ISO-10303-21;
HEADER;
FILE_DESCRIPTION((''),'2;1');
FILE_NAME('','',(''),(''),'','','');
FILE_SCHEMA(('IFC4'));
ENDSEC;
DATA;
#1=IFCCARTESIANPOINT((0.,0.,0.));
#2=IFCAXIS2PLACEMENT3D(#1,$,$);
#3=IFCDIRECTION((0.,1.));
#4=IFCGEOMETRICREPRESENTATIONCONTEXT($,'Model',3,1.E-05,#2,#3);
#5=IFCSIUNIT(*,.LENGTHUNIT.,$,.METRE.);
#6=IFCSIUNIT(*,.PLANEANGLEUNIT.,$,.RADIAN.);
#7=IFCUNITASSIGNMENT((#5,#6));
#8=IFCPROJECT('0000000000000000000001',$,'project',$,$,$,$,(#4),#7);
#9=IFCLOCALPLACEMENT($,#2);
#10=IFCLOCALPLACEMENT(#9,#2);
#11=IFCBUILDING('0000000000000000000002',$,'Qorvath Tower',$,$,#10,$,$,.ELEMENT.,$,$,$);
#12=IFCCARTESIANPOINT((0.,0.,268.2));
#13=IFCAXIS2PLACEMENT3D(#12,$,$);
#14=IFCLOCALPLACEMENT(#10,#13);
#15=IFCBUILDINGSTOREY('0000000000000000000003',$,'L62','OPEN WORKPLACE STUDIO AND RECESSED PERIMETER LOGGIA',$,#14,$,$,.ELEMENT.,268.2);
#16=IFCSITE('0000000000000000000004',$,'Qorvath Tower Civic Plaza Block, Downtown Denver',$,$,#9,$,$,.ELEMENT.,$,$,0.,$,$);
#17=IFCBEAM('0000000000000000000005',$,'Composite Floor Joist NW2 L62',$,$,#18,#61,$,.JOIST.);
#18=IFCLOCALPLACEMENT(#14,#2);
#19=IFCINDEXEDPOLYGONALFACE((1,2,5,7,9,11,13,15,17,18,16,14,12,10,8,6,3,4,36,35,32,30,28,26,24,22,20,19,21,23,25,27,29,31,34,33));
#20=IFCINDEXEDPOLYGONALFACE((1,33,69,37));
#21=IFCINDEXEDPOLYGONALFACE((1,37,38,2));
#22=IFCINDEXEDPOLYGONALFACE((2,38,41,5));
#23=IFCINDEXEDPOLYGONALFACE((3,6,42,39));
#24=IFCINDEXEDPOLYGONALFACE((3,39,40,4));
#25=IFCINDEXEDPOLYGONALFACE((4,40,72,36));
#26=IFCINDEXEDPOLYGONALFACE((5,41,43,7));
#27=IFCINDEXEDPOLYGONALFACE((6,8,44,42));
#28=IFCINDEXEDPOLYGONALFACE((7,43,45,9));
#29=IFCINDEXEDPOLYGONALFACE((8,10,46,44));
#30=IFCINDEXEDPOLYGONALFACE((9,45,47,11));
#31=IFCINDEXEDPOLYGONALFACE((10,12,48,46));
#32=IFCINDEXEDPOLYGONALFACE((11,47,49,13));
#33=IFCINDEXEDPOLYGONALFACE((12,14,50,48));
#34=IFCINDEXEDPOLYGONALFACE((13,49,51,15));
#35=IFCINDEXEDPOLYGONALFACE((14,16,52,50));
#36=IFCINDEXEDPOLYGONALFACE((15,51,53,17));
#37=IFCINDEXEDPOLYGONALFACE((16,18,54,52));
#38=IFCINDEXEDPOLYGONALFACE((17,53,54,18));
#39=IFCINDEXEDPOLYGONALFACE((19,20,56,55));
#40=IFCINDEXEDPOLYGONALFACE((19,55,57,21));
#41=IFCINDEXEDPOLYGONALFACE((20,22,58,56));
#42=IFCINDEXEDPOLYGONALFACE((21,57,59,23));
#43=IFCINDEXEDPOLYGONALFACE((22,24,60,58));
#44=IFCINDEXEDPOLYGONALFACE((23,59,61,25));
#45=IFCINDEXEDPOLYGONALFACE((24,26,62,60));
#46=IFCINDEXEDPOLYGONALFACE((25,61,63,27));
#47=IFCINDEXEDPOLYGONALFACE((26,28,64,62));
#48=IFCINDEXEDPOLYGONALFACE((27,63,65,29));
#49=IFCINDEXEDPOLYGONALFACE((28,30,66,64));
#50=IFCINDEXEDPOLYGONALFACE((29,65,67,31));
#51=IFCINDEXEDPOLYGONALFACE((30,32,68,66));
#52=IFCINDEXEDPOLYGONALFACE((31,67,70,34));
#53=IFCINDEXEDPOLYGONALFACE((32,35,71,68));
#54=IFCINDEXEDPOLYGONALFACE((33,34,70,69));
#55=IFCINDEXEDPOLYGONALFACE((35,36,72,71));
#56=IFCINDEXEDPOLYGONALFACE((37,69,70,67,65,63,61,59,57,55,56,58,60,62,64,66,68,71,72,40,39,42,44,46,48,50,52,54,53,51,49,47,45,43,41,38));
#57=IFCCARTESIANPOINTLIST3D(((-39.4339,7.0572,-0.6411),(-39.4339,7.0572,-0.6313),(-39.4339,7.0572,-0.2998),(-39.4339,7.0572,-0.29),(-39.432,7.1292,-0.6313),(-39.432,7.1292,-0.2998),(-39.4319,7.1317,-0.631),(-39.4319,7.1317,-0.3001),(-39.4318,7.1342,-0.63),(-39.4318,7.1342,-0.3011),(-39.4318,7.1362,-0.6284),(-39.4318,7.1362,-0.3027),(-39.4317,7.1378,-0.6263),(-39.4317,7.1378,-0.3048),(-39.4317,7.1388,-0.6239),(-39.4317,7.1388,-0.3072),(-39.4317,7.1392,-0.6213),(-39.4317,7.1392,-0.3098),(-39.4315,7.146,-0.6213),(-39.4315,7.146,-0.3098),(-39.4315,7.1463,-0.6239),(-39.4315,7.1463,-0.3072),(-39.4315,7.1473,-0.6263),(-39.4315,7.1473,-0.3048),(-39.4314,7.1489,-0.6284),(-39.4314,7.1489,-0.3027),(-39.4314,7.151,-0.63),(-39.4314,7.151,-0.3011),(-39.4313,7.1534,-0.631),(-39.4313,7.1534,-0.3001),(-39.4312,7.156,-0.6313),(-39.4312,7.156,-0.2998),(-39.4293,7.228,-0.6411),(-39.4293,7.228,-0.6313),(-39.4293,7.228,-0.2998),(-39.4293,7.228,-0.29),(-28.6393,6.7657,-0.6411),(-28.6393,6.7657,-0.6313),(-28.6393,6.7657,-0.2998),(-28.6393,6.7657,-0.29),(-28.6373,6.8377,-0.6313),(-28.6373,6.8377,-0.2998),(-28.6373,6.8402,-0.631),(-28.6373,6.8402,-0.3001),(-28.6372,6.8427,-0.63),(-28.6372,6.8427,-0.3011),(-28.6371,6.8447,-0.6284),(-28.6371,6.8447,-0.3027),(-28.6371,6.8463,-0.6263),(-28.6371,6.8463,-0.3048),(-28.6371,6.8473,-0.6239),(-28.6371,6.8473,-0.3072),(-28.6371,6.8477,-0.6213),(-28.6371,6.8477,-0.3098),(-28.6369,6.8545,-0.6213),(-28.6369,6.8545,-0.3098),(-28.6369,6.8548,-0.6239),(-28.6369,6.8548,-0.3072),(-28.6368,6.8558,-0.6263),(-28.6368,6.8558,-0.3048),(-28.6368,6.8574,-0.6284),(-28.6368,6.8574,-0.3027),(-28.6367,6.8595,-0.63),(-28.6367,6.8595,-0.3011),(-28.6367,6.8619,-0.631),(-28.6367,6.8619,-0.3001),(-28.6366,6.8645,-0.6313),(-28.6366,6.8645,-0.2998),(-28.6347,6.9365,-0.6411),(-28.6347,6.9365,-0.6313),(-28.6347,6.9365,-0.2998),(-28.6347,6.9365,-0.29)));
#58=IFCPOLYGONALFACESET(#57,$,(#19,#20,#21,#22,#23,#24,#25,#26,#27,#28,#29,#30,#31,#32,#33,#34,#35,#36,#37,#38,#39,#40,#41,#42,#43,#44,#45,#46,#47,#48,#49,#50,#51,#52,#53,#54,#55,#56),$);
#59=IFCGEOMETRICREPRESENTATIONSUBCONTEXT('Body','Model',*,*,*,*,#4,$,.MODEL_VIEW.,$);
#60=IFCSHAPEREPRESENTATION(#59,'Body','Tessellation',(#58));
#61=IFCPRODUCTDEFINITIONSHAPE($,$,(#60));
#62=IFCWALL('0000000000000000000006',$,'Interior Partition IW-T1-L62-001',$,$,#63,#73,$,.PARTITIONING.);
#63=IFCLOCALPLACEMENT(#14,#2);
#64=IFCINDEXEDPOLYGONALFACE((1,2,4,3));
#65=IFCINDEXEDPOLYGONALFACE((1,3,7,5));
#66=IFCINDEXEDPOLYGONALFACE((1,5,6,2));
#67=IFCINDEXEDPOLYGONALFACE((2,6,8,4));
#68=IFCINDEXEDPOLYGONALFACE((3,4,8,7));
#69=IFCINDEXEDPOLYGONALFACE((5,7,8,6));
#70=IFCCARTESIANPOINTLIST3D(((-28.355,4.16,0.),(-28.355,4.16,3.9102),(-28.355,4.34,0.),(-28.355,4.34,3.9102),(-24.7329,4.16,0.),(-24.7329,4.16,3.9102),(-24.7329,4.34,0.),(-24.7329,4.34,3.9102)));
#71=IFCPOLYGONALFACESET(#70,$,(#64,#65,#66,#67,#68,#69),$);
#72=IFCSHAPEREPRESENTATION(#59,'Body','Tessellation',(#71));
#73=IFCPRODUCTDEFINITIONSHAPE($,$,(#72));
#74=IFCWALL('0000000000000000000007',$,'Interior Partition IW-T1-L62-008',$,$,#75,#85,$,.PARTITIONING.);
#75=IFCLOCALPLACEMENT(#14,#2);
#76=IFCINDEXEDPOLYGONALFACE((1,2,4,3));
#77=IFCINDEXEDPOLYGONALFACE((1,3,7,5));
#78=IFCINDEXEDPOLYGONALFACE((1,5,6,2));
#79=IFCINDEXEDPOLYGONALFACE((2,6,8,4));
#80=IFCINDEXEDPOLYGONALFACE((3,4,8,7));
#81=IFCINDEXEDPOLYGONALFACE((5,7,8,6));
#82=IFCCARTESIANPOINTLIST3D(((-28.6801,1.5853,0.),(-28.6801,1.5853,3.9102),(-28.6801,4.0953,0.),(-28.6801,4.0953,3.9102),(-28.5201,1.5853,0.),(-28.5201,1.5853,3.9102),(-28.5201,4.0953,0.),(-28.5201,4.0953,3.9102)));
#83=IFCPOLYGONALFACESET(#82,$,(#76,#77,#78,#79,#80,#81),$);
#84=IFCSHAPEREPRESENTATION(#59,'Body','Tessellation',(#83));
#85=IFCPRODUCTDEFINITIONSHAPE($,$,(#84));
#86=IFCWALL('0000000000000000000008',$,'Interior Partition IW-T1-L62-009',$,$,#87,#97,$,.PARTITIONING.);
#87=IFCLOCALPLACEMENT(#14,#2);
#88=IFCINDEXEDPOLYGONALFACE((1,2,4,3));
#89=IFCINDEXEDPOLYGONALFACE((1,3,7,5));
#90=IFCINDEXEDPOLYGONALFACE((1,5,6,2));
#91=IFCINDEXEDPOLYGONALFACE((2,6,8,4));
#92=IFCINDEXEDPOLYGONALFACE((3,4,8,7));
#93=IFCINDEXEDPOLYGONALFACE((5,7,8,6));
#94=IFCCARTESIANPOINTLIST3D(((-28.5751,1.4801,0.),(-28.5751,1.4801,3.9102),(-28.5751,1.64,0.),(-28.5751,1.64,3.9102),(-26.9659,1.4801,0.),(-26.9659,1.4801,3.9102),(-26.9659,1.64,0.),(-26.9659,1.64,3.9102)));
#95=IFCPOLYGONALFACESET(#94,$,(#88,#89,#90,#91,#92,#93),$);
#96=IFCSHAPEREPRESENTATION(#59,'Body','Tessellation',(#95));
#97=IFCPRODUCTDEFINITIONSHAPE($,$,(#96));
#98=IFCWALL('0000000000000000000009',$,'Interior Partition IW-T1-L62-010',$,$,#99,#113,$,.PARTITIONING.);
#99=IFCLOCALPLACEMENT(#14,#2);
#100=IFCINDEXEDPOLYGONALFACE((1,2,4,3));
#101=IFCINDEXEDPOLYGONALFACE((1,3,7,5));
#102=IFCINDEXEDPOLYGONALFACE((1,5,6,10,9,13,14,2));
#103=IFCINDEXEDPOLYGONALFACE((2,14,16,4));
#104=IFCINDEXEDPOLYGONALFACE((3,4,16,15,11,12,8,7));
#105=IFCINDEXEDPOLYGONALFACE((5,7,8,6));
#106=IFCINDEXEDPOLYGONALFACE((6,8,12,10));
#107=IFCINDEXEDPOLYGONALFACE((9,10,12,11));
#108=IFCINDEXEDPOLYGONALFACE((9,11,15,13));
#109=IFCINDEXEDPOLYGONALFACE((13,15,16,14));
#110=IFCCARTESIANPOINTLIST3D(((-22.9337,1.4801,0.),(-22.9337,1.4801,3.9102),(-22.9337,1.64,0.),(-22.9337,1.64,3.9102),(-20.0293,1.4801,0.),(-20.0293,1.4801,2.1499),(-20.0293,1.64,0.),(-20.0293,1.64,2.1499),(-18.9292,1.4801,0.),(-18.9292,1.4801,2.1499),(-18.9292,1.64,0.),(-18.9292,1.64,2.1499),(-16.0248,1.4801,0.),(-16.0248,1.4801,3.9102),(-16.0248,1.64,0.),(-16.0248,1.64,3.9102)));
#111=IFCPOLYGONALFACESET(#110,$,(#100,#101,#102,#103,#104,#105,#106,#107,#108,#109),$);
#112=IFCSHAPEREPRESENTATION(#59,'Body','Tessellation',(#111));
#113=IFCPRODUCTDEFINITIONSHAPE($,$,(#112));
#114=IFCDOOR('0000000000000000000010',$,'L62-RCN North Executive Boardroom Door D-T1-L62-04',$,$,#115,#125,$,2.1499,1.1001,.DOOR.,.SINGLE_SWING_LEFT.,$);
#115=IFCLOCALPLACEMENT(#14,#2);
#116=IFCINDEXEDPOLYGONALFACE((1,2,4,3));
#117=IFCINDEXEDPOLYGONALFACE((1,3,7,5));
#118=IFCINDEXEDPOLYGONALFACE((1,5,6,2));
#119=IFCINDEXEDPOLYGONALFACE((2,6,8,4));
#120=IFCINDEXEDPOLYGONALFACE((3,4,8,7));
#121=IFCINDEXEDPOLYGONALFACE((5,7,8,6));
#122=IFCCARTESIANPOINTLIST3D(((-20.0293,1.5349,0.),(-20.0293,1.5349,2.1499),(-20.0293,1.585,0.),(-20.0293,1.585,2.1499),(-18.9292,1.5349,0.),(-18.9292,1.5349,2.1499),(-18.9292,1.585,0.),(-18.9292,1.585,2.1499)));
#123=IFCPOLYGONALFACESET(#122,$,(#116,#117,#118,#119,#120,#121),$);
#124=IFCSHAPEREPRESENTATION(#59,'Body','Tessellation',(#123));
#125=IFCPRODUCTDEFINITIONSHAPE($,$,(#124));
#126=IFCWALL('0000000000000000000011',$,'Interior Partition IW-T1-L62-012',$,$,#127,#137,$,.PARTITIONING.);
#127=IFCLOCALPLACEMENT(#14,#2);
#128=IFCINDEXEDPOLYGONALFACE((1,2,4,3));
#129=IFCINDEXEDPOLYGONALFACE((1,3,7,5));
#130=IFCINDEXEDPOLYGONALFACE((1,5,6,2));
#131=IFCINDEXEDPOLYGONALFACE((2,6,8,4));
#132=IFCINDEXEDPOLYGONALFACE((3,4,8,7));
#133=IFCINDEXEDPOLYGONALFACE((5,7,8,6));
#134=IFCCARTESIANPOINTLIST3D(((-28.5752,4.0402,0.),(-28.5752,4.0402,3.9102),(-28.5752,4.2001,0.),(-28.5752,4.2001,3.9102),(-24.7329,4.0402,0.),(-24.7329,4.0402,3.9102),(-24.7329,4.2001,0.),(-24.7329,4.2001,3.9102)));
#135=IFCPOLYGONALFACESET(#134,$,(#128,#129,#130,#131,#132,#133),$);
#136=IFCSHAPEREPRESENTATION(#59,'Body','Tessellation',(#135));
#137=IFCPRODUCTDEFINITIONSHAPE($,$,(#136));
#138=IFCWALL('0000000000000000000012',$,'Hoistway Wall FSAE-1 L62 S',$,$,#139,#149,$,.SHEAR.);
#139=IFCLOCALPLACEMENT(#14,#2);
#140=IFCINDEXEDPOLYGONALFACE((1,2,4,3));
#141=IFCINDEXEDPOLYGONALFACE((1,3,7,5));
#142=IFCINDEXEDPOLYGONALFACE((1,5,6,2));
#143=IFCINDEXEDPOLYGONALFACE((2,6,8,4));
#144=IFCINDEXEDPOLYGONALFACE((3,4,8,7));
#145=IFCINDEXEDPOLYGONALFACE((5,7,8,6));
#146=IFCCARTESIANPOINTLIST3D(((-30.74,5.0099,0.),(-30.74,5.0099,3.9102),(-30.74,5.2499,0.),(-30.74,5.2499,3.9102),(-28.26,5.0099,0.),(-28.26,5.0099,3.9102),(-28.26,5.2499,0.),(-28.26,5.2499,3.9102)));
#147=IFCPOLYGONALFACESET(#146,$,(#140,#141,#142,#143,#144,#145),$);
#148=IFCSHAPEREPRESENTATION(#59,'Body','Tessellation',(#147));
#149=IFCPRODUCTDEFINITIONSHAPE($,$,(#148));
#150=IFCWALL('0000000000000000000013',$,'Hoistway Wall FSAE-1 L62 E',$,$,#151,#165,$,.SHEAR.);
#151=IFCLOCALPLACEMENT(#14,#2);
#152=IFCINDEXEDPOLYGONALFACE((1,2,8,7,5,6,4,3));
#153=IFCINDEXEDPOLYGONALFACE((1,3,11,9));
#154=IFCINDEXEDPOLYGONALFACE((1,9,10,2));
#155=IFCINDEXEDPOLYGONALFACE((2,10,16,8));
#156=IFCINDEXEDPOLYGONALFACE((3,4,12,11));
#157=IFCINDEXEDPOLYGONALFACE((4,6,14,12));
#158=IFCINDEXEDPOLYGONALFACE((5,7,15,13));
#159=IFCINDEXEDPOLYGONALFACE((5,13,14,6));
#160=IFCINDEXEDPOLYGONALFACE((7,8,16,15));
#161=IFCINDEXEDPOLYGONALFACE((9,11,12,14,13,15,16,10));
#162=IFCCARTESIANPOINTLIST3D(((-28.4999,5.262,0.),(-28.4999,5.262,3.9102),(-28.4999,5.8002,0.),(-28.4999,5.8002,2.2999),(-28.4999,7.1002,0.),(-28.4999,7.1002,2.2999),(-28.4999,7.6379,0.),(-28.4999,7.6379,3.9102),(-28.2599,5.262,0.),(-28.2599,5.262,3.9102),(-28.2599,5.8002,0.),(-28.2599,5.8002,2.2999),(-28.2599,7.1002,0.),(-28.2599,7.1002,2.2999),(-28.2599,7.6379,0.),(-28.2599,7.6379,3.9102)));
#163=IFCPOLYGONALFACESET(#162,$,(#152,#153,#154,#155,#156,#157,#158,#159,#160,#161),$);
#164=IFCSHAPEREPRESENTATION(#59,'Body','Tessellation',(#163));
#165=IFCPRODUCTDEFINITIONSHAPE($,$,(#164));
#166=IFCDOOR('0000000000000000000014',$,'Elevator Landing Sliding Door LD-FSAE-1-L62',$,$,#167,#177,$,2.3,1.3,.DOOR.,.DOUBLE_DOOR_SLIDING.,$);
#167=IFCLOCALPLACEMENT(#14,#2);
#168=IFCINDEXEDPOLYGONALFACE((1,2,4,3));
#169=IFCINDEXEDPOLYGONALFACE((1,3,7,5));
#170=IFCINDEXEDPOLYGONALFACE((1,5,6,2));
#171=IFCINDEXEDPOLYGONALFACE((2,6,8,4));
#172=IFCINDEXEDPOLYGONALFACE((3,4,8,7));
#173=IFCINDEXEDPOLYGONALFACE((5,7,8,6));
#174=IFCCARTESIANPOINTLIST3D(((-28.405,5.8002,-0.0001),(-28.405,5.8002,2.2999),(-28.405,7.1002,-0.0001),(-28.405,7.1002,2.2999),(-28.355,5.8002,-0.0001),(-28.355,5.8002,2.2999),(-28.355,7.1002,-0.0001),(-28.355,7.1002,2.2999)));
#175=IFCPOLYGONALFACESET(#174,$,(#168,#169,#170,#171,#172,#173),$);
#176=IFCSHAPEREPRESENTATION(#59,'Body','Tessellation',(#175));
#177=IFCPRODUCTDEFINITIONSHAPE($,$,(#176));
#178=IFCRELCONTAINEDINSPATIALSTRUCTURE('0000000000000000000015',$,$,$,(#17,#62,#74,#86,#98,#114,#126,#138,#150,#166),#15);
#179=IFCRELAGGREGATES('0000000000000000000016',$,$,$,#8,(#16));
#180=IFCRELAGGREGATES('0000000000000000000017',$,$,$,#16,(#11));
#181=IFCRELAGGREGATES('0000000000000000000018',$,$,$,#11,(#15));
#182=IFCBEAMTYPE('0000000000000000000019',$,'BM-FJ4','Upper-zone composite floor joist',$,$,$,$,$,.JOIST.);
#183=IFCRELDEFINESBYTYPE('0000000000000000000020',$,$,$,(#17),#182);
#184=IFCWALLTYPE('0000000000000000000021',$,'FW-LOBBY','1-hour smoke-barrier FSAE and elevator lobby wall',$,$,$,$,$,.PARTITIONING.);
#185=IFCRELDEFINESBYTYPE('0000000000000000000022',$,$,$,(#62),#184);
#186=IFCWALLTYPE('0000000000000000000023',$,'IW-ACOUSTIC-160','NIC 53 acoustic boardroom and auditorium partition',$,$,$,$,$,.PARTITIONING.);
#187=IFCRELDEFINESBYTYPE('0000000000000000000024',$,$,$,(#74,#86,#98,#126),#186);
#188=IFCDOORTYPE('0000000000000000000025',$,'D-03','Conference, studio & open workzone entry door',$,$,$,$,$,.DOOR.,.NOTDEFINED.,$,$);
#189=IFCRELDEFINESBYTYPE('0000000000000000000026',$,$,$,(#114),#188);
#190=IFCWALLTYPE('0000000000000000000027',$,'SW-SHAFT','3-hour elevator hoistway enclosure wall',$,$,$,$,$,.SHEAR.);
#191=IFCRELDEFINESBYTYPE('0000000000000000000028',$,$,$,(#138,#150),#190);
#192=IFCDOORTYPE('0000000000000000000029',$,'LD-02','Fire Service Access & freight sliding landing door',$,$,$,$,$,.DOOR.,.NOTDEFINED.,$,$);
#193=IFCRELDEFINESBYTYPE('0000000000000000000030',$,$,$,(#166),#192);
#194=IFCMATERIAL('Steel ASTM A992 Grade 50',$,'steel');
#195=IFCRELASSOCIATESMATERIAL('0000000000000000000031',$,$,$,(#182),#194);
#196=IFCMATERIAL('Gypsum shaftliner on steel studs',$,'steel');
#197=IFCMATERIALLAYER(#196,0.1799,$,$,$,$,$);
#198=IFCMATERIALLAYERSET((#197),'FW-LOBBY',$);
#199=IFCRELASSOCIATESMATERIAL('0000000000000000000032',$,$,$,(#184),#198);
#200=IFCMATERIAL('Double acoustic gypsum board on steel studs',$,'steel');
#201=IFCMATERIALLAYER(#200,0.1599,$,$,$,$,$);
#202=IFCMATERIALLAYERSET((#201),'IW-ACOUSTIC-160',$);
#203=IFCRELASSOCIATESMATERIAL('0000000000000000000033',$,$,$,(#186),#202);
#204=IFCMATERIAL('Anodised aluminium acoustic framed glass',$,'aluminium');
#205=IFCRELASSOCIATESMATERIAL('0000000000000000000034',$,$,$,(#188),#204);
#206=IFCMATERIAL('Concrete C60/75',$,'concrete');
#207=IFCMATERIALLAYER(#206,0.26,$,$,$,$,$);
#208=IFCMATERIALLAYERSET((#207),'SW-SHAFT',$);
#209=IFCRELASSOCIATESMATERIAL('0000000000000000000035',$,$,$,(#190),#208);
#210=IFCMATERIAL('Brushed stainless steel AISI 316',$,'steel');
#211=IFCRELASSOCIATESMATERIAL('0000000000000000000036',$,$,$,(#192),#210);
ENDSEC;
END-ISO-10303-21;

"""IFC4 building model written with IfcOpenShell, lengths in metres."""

from ifc_helpers import new_model, si_unit, direction, frame, frame_2d, origin, origin_2d, place, context, subcontext, project, spatial, rectangle, i_section, extrude, material, layer, layer_set, material_profile, profile_set, type_object, element, fill, save


model = new_model("IFC4")

# Units and contexts
model_context = context("Model", 3, precision=1e-05, world=origin(), true_north=direction((0.0, 1.0)))
body_context = subcontext(model_context, "Body", "Model", "MODEL_VIEW")
ifc_project = project(units=[si_unit("LENGTHUNIT", "METRE"), si_unit("PLANEANGLEUNIT", "RADIAN")], contexts=[model_context])

# Site, building, storey
site_placement = place(None, origin())
site = spatial("IfcSite", under=ifc_project, at=site_placement, Name="Qorvath Tower Civic Plaza Block, Downtown Denver", CompositionType="ELEMENT", RefElevation=0.0)
building_placement = place(site_placement, origin())
building = spatial("IfcBuilding", under=site, at=building_placement, Name="Qorvath Tower", CompositionType="ELEMENT")
storey_placement = place(building_placement, frame((0.0, 0.0, 268.2)))
storey = spatial("IfcBuildingStorey", under=building, at=storey_placement, Name="L62", Description="OPEN WORKPLACE STUDIO AND RECESSED PERIMETER LOGGIA", CompositionType="ELEMENT", Elevation=268.2)

# Beam
ifc_material_1 = material(Name="Steel ASTM A992 Grade 50", Category="steel")
ifc_material_profile = material_profile(ifc_material_1, i_section(OverallWidth=0.1709, OverallDepth=0.3511, WebThickness=0.0068, FlangeThickness=0.0098, FilletRadius=0.01, at=origin_2d()), Name="W14x30")
ifc_profile_set = profile_set([ifc_material_profile], Name="Steel ASTM A992 Grade 50")
beam_type = type_object("IfcBeamType", Name="BM-FJ4", Description="Upper-zone composite floor joist", PredefinedType="JOIST", material=ifc_profile_set)
beam_placement = place(storey_placement, frame((-28.637, 6.8511, -0.4656), z_axis=(-0.999636, 0.026995, 0.0), x_axis=(-0.026995, -0.999636, 0.0)))
element("IfcBeam", 1, at=beam_placement, inside=storey, type_object=beam_type, Name="Composite Floor Joist NW2 L62", PredefinedType="JOIST", context=body_context, shape_type="SweptSolid", body=[
    extrude(i_section(OverallWidth=0.1709, OverallDepth=0.3511, WebThickness=0.0068, FlangeThickness=0.0098, FilletRadius=0.01, at=origin_2d()), origin(), (0.0, 0.0, 1.0), 10.7986),
])

# Walls
ifc_material_2 = material(Name="Gypsum shaftliner on steel studs", Category="steel")
ifc_layer_1 = layer(ifc_material_2, 0.1799)
ifc_layer_set_1 = layer_set([ifc_layer_1], Name="FW-LOBBY")
wall_type_1 = type_object("IfcWallType", Name="FW-LOBBY", Description="1-hour smoke-barrier FSAE and elevator lobby wall", PredefinedType="PARTITIONING", material=ifc_layer_set_1)
wall_1_placement = place(storey_placement, frame((-28.355, 4.25, 0.0), z_axis=(0.0, 0.0, 1.0), x_axis=(1.0, 0.0, 0.0)))
element("IfcWall", 2, at=wall_1_placement, inside=storey, type_object=wall_type_1, Name="Interior Partition IW-T1-L62-001", PredefinedType="PARTITIONING", context=body_context, shape_type="SweptSolid", body=[
    extrude(rectangle(XDim=3.6221, YDim=0.1799, at=frame_2d((1.811, 0.0))), origin(), (0.0, 0.0, 1.0), 3.9102),
])
ifc_material_3 = material(Name="Double acoustic gypsum board on steel studs", Category="steel")
ifc_layer_2 = layer(ifc_material_3, 0.1599)
ifc_layer_set_2 = layer_set([ifc_layer_2], Name="IW-ACOUSTIC-160")
wall_type_2 = type_object("IfcWallType", Name="IW-ACOUSTIC-160", Description="NIC 53 acoustic boardroom and auditorium partition", PredefinedType="PARTITIONING", material=ifc_layer_set_2)
wall_2_placement = place(storey_placement, frame((-28.6001, 4.0952, 0.0), z_axis=(0.0, 0.0, 1.0), x_axis=(0.0, -1.0, 0.0)))
element("IfcWall", 3, at=wall_2_placement, inside=storey, type_object=wall_type_2, Name="Interior Partition IW-T1-L62-008", PredefinedType="PARTITIONING", context=body_context, shape_type="SweptSolid", body=[
    extrude(rectangle(XDim=2.51, YDim=0.1599, at=frame_2d((1.2549, 0.0))), origin(), (0.0, 0.0, 1.0), 3.9102),
])
wall_3_placement = place(storey_placement, frame((-28.5752, 1.5601, 0.0), z_axis=(0.0, 0.0, 1.0), x_axis=(1.0, 0.0, 0.0)))
element("IfcWall", 4, at=wall_3_placement, inside=storey, type_object=wall_type_2, Name="Interior Partition IW-T1-L62-009", PredefinedType="PARTITIONING", context=body_context, shape_type="SweptSolid", body=[
    extrude(rectangle(XDim=1.6091, YDim=0.1599, at=frame_2d((0.8047, 0.0))), origin(), (0.0, 0.0, 1.0), 3.9102),
])

# Wall, opening, door
wall_4_placement = place(storey_placement, frame((-22.9338, 1.5601, 0.0), z_axis=(0.0, 0.0, 1.0), x_axis=(1.0, 0.0, 0.0)))
wall_4 = element("IfcWall", 5, at=wall_4_placement, inside=storey, type_object=wall_type_2, Name="Interior Partition IW-T1-L62-010", PredefinedType="PARTITIONING", context=body_context, shape_type="SweptSolid", body=[
    extrude(rectangle(XDim=6.9089, YDim=0.1599, at=frame_2d((3.4546, 0.0))), origin(), (0.0, 0.0, 1.0), 3.9102),
])
opening_1_placement = place(wall_4_placement, frame((2.9045, 0.0, 0.0)))
opening_1 = element("IfcOpeningElement", 6, at=opening_1_placement, cuts=wall_4, PredefinedType="OPENING", context=body_context, shape_type="SweptSolid", body=[
    extrude(rectangle(XDim=1.1001, YDim=2.1499, at=frame_2d((0.55, 1.075))), frame((0.0, 0.0898, 0.0), z_axis=(0.0, -1.0, 0.0), x_axis=(1.0, 0.0, 0.0)), (0.0, 0.0, 1.0), 0.1799),
])
ifc_material_4 = material(Name="Anodised aluminium acoustic framed glass", Category="aluminium")
door_type_1 = type_object("IfcDoorType", Name="D-03", Description="Conference, studio & open workzone entry door", OperationType="NOTDEFINED", PredefinedType="DOOR", material=ifc_material_4)
door_1_placement = place(opening_1_placement, origin())
door_1 = element("IfcDoor", 7, at=door_1_placement, inside=storey, type_object=door_type_1, Name="L62-RCN North Executive Boardroom Door D-T1-L62-04", OperationType="SINGLE_SWING_LEFT", OverallHeight=2.1499, OverallWidth=1.1001, PredefinedType="DOOR", context=body_context, shape_type="SweptSolid", body=[
    extrude(rectangle(XDim=1.1001, YDim=2.1499, at=frame_2d((0.55, 1.075))), frame((0.0, 0.0249, 0.0), z_axis=(0.0, -1.0, 0.0), x_axis=(1.0, 0.0, 0.0)), (0.0, 0.0, 1.0), 0.05),
])
fill(opening_1, door_1)

# Walls
wall_5_placement = place(storey_placement, frame((-24.7329, 4.1201, 0.0), z_axis=(0.0, 0.0, 1.0), x_axis=(-1.0, 0.0, 0.0)))
element("IfcWall", 8, at=wall_5_placement, inside=storey, type_object=wall_type_2, Name="Interior Partition IW-T1-L62-012", PredefinedType="PARTITIONING", context=body_context, shape_type="SweptSolid", body=[
    extrude(rectangle(XDim=3.8423, YDim=0.1599, at=frame_2d((1.9211, 0.0))), origin(), (0.0, 0.0, 1.0), 3.9102),
])
ifc_material_5 = material(Name="Concrete C60/75", Category="concrete")
ifc_layer_3 = layer(ifc_material_5, 0.26)
ifc_layer_set_3 = layer_set([ifc_layer_3], Name="SW-SHAFT")
wall_type_3 = type_object("IfcWallType", Name="SW-SHAFT", Description="3-hour elevator hoistway enclosure wall", PredefinedType="SHEAR", material=ifc_layer_set_3)
wall_6_placement = place(storey_placement, frame((-28.26, 5.1299, 0.0), z_axis=(0.0, 0.0, 1.0), x_axis=(-1.0, 0.0, 0.0)))
element("IfcWall", 9, at=wall_6_placement, inside=storey, type_object=wall_type_3, Name="Hoistway Wall FSAE-1 L62 S", PredefinedType="SHEAR", context=body_context, shape_type="SweptSolid", body=[
    extrude(rectangle(XDim=2.48, YDim=0.24, at=frame_2d((1.24, 0.0))), origin(), (0.0, 0.0, 1.0), 3.9102),
])

# Wall, opening, door
wall_7_placement = place(storey_placement, frame((-28.3799, 7.6379, 0.0), z_axis=(0.0, 0.0, 1.0), x_axis=(0.0, -1.0, 0.0)))
wall_7 = element("IfcWall", 10, at=wall_7_placement, inside=storey, type_object=wall_type_3, Name="Hoistway Wall FSAE-1 L62 E", PredefinedType="SHEAR", context=body_context, shape_type="SweptSolid", body=[
    extrude(rectangle(XDim=2.376, YDim=0.24, at=frame_2d((1.188, 0.0))), origin(), (0.0, 0.0, 1.0), 3.9102),
])
opening_2_placement = place(wall_7_placement, frame((0.5378, 0.0, 0.0)))
opening_2 = element("IfcOpeningElement", 11, at=opening_2_placement, cuts=wall_7, PredefinedType="OPENING", context=body_context, shape_type="SweptSolid", body=[
    extrude(rectangle(XDim=1.3, YDim=2.3, at=frame_2d((0.6499, 1.1499))), frame((0.0, 0.1299, 0.0), z_axis=(0.0, -1.0, 0.0), x_axis=(1.0, 0.0, 0.0)), (0.0, 0.0, 1.0), 0.26),
])
ifc_material_6 = material(Name="Brushed stainless steel AISI 316", Category="steel")
door_type_2 = type_object("IfcDoorType", Name="LD-02", Description="Fire Service Access & freight sliding landing door", OperationType="NOTDEFINED", PredefinedType="DOOR", material=ifc_material_6)
door_2_placement = place(opening_2_placement, origin())
door_2 = element("IfcDoor", 12, at=door_2_placement, inside=storey, type_object=door_type_2, Name="Elevator Landing Sliding Door LD-FSAE-1-L62", OperationType="DOUBLE_DOOR_SLIDING", OverallHeight=2.3, OverallWidth=1.3, PredefinedType="DOOR", context=body_context, shape_type="SweptSolid", body=[
    extrude(rectangle(XDim=1.3, YDim=2.3, at=frame_2d((0.6499, 1.1499))), frame((0.0, 0.0249, 0.0), z_axis=(0.0, -1.0, 0.0), x_axis=(1.0, 0.0, 0.0)), (0.0, 0.0, 1.0), 0.05),
])
fill(opening_2, door_2)

save(model, "model.ifc")
